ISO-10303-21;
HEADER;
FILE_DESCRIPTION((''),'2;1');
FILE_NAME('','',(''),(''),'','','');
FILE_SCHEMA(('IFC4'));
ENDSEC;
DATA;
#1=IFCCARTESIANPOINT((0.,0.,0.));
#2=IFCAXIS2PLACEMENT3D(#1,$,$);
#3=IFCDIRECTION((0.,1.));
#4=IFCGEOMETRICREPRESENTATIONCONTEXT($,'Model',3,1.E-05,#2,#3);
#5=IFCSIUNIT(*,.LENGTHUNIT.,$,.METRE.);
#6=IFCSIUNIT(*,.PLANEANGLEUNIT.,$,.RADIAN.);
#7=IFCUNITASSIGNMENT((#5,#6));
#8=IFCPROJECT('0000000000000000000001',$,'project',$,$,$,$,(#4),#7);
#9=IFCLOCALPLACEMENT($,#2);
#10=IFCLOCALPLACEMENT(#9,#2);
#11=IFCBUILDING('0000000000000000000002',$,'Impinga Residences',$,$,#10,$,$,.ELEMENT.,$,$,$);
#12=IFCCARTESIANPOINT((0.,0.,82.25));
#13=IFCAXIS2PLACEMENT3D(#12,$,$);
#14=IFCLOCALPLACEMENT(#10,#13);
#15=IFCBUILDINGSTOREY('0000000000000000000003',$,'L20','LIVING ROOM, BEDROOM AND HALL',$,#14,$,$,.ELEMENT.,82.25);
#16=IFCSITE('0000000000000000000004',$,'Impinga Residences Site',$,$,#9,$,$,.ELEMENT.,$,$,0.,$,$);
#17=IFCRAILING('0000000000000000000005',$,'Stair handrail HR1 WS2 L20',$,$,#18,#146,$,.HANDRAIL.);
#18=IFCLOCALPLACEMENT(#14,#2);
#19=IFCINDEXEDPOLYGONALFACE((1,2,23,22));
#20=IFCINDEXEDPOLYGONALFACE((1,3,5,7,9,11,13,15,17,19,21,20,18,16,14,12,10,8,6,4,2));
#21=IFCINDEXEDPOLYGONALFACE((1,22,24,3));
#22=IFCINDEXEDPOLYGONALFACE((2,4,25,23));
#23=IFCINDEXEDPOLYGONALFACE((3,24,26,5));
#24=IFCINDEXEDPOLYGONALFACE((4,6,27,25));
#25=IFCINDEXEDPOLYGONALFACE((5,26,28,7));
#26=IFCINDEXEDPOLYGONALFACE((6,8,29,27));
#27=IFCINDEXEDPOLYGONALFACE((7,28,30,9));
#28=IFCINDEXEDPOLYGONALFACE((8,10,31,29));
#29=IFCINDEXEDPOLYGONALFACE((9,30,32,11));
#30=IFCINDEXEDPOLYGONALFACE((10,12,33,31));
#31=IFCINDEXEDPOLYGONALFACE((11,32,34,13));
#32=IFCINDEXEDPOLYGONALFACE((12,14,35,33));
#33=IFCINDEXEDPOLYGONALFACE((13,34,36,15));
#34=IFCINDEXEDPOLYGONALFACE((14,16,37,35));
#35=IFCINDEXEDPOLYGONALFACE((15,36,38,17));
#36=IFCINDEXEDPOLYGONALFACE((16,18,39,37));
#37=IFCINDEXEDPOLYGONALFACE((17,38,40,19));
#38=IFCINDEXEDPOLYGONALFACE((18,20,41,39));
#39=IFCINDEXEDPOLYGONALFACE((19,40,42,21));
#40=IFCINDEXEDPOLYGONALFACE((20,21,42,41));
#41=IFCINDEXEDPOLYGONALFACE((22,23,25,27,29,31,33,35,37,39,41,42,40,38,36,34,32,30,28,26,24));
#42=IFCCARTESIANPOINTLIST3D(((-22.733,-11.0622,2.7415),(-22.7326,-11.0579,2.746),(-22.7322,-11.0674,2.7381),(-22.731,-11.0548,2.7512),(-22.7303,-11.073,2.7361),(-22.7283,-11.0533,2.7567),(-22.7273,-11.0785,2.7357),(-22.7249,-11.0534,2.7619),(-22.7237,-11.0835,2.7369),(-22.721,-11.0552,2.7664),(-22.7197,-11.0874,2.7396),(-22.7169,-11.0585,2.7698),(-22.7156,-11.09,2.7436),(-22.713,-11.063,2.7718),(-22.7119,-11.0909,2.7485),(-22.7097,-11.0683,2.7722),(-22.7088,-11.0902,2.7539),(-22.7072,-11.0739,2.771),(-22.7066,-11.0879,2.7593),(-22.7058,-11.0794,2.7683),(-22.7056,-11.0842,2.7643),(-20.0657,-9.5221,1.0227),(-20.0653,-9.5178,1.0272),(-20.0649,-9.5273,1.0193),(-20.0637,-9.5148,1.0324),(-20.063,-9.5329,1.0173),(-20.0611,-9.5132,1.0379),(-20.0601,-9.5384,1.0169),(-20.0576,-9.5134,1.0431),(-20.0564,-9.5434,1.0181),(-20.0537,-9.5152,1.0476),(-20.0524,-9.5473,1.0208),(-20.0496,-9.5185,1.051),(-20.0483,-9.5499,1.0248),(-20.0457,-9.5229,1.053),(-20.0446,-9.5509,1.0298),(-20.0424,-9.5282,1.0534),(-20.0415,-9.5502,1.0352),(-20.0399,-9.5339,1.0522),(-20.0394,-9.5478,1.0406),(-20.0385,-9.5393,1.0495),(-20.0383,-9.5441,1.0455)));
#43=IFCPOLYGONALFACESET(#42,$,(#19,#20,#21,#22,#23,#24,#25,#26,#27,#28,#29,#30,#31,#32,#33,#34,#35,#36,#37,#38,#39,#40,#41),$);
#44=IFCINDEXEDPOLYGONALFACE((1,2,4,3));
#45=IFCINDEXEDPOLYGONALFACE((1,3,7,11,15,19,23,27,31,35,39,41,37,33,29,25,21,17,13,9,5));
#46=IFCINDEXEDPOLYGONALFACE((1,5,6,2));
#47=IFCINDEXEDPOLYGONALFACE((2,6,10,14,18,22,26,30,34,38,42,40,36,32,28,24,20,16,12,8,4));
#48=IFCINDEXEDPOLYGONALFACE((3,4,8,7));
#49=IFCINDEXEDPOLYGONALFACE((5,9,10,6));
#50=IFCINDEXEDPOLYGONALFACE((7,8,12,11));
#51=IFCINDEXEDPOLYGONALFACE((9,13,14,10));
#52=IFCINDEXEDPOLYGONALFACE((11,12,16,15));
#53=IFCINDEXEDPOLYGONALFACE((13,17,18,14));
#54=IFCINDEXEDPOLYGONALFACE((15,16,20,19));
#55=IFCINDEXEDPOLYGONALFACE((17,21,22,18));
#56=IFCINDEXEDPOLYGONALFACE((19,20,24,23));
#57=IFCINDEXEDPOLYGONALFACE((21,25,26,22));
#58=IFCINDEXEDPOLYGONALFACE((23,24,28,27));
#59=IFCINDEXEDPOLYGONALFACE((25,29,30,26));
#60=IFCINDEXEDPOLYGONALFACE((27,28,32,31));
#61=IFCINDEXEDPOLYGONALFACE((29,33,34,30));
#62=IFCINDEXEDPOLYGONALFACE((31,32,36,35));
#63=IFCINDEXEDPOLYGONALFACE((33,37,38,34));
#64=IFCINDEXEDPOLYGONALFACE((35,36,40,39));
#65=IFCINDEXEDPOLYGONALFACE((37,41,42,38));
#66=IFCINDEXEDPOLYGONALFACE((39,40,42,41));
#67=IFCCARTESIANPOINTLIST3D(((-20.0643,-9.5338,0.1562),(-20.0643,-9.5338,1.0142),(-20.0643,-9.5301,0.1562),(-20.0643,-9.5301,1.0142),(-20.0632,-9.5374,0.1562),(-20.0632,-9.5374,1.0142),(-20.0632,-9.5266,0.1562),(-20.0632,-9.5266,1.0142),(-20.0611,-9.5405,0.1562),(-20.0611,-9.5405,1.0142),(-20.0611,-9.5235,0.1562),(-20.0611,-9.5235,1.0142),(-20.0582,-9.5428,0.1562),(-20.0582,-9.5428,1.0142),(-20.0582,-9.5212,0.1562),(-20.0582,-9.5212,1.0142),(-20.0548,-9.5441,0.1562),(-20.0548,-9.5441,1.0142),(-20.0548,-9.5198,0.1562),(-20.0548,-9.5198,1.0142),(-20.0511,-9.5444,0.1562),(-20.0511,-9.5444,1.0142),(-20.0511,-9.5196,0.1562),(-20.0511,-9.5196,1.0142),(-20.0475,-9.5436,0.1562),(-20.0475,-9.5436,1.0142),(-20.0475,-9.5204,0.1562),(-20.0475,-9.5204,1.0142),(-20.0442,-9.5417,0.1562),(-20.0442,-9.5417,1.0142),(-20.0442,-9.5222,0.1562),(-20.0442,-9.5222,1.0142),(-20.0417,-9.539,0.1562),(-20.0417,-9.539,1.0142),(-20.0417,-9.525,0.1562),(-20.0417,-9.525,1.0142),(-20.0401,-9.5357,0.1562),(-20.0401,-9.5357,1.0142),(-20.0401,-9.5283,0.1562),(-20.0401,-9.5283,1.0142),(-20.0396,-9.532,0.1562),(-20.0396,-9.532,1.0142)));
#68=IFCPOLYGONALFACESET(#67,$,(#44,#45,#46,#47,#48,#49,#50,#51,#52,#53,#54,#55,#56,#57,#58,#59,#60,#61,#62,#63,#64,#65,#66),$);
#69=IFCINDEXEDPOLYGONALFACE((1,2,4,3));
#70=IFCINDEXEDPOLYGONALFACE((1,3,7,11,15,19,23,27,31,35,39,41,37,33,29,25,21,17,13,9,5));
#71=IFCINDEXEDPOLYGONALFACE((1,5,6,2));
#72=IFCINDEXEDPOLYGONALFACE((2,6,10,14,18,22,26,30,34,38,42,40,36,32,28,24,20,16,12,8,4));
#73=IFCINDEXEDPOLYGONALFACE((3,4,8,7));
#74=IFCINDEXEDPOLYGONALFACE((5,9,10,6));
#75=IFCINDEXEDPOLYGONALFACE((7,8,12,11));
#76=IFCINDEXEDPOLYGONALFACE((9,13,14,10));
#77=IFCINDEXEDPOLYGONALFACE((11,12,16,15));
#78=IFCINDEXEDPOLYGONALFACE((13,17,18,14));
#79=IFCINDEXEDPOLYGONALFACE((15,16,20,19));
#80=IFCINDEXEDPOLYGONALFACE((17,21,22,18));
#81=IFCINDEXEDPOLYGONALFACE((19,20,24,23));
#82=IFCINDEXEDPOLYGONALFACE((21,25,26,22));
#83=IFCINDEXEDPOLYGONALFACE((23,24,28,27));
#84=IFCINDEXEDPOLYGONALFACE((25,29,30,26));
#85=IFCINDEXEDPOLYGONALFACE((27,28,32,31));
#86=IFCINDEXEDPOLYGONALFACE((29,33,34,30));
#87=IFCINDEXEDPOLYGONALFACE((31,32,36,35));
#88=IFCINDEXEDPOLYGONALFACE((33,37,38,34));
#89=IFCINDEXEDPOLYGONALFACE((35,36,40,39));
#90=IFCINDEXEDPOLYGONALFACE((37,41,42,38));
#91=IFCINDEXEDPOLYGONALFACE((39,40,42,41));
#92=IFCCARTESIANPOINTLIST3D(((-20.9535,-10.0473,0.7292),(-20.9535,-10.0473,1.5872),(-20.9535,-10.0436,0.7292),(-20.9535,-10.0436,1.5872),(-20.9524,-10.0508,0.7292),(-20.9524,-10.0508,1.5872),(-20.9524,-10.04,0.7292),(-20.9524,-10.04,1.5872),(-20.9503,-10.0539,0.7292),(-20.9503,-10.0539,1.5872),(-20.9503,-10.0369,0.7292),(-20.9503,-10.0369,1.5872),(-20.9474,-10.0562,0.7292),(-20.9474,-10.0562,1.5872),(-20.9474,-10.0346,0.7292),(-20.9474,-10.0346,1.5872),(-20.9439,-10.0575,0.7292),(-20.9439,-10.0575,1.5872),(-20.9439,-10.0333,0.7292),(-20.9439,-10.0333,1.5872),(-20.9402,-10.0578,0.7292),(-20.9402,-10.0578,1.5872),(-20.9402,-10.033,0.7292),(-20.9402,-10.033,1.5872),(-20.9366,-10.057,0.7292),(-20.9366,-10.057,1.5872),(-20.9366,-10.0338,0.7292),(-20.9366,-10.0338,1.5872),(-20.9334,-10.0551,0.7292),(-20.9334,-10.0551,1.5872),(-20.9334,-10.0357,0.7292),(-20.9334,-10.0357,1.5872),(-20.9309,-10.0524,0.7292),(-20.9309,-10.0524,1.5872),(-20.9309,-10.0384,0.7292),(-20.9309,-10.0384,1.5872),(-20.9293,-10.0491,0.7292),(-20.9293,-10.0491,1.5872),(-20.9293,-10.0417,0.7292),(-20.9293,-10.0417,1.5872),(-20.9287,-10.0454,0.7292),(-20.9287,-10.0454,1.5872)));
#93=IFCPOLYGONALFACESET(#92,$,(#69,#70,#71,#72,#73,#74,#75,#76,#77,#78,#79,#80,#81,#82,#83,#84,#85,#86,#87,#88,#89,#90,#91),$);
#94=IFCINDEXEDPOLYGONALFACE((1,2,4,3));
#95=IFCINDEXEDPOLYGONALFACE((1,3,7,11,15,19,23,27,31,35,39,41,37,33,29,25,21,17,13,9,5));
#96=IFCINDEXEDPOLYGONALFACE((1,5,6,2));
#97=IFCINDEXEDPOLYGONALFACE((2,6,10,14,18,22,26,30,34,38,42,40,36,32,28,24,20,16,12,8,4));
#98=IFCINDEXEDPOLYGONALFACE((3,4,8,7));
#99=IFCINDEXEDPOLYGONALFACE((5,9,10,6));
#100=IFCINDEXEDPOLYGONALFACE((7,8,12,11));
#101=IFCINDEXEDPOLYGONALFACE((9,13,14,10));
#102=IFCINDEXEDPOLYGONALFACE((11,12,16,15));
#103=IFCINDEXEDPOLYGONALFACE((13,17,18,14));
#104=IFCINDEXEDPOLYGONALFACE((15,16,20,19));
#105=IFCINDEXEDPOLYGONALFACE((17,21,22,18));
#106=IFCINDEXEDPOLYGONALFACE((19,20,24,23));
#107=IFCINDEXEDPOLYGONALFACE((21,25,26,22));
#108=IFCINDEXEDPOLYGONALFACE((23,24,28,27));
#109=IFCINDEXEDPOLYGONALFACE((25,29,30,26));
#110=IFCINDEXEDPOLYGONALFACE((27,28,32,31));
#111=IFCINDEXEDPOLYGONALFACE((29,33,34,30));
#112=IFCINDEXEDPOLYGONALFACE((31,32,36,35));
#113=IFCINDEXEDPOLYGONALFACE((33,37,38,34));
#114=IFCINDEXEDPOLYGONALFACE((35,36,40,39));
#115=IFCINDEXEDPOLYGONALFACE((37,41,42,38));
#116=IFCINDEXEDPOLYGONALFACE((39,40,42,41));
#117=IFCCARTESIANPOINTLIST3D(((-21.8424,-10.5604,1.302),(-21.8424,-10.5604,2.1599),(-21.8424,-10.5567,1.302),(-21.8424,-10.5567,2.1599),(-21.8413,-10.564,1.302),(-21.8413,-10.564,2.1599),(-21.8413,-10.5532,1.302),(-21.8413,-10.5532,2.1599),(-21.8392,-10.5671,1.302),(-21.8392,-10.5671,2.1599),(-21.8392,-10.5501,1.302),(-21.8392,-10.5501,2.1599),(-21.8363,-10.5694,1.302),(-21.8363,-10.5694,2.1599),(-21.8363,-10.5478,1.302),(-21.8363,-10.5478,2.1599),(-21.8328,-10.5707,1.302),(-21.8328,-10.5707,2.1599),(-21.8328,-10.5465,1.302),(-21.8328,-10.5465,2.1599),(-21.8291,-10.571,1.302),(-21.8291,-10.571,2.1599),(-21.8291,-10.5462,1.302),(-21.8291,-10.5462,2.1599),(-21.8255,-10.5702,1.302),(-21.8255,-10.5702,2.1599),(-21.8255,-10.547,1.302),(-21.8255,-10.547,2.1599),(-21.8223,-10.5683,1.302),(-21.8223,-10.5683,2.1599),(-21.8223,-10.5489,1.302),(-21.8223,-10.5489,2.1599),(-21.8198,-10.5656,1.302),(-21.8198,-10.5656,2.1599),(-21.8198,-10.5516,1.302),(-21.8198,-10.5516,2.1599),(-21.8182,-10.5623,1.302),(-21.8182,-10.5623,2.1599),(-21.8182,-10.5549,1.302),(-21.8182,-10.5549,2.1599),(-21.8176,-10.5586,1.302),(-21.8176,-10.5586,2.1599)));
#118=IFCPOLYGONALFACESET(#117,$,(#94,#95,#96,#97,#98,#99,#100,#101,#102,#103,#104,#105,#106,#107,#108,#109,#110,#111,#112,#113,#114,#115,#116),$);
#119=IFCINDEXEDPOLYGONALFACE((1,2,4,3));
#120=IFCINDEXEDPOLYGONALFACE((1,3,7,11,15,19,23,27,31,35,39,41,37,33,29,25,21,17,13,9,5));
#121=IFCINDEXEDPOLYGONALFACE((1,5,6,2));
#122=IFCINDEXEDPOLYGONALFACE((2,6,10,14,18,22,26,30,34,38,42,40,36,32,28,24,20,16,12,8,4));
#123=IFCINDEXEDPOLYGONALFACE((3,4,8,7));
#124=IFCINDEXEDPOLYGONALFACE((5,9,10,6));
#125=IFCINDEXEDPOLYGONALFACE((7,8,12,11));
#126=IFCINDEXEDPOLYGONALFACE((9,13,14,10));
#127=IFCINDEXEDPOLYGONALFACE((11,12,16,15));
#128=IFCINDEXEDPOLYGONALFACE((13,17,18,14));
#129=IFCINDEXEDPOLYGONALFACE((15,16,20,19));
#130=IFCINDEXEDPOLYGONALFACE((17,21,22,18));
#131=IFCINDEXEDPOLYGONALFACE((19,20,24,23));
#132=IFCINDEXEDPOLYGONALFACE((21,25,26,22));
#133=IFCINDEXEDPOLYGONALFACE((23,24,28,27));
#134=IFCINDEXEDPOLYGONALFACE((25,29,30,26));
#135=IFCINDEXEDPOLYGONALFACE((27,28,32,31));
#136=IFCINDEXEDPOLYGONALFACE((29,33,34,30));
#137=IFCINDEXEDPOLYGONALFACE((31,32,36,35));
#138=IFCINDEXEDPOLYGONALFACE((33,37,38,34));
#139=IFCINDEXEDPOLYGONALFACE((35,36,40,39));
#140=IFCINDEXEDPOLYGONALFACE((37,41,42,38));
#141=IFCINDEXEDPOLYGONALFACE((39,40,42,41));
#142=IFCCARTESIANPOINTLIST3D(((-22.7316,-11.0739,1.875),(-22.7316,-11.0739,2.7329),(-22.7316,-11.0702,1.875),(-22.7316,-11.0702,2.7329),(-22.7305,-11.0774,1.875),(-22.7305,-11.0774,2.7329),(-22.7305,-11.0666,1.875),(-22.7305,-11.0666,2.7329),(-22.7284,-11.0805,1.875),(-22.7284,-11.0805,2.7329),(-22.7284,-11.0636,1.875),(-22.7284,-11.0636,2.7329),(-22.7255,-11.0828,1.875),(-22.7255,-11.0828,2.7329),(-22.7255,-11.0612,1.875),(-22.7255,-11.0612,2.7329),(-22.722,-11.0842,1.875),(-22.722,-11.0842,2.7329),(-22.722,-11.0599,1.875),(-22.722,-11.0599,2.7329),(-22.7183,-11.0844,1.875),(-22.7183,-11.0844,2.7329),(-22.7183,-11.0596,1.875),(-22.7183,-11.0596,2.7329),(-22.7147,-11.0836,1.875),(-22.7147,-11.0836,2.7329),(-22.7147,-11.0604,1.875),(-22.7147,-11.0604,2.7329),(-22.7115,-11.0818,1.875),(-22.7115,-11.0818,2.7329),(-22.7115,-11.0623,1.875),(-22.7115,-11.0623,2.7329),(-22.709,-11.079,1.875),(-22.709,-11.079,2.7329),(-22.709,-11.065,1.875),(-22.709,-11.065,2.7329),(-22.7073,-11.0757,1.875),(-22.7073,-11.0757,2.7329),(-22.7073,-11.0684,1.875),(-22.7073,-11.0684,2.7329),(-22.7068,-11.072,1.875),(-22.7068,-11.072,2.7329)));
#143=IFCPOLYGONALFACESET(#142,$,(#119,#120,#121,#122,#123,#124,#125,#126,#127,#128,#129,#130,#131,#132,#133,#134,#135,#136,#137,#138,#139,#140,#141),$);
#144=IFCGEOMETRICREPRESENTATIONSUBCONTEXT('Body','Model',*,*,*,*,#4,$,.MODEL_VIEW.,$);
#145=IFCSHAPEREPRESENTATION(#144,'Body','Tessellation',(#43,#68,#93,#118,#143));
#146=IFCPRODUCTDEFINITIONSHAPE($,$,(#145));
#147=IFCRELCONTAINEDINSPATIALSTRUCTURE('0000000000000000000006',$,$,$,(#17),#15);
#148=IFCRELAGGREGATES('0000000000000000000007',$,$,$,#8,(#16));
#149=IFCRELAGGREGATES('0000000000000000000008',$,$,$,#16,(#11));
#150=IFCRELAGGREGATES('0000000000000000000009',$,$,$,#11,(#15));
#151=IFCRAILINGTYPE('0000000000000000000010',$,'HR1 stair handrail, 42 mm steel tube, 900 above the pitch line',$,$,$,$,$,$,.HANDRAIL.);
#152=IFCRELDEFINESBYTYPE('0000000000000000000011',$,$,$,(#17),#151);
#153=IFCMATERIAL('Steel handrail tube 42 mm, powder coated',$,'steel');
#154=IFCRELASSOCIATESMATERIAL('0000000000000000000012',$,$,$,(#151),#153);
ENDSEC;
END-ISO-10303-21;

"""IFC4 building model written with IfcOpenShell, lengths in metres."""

from ifc_helpers import new_model, si_unit, direction, frame, origin, origin_2d, place, context, subcontext, project, spatial, circle, extrude, material, type_object, element, save


model = new_model("IFC4")

# Units and contexts
model_context = context("Model", 3, precision=1e-05, world=origin(), true_north=direction((0.0, 1.0)))
body_context = subcontext(model_context, "Body", "Model", "MODEL_VIEW")
ifc_project = project(units=[si_unit("LENGTHUNIT", "METRE"), si_unit("PLANEANGLEUNIT", "RADIAN")], contexts=[model_context])

# Site, building, storey
site_placement = place(None, origin())
site = spatial("IfcSite", under=ifc_project, at=site_placement, Name="Impinga Residences Site", CompositionType="ELEMENT", RefElevation=0.0)
building_placement = place(site_placement, origin())
building = spatial("IfcBuilding", under=site, at=building_placement, Name="Impinga Residences", CompositionType="ELEMENT")
storey_placement = place(building_placement, frame((0.0, 0.0, 82.25)))
storey = spatial("IfcBuildingStorey", under=building, at=storey_placement, Name="L20", Description="LIVING ROOM, BEDROOM AND HALL", CompositionType="ELEMENT", Elevation=82.25)

# Railing
ifc_material_1 = material(Name="Steel handrail tube 42 mm, powder coated", Category="steel")
railing_type_1 = type_object("IfcRailingType", Name="HR1 stair handrail, 42 mm steel tube, 900 above the pitch line", PredefinedType="HANDRAIL", material=ifc_material_1)
railing_1_placement = place(storey_placement, frame((-20.052, -9.532, 0.1562)))
element("IfcRailing", 1, at=railing_1_placement, inside=storey, type_object=railing_type_1, Name="Stair handrail HR1 WS2 L20", PredefinedType="HANDRAIL", context=body_context, shape_type="SweptSolid", body=[
    extrude(circle(Radius=0.021, at=origin_2d()), frame((0.0, 0.0, 0.8789), z_axis=(-0.756226, -0.436639, 0.487307), x_axis=(0.500027, -0.86601, 0.0)), (0.0, 0.0, 1.0), 3.5271),
    extrude(circle(Radius=0.0125, at=origin_2d()), origin(), (0.0, 0.0, 1.0), 0.8579),
    extrude(circle(Radius=0.0125, at=origin_2d()), frame((-0.8892, -0.5134, 0.573)), (0.0, 0.0, 1.0), 0.8579),
    extrude(circle(Radius=0.0125, at=origin_2d()), frame((-1.7781, -1.0266, 1.1458)), (0.0, 0.0, 1.0), 0.8579),
    extrude(circle(Radius=0.0125, at=origin_2d()), frame((-2.6672, -1.54, 1.7188)), (0.0, 0.0, 1.0), 0.8579),
])

save(model, "model.ifc")
